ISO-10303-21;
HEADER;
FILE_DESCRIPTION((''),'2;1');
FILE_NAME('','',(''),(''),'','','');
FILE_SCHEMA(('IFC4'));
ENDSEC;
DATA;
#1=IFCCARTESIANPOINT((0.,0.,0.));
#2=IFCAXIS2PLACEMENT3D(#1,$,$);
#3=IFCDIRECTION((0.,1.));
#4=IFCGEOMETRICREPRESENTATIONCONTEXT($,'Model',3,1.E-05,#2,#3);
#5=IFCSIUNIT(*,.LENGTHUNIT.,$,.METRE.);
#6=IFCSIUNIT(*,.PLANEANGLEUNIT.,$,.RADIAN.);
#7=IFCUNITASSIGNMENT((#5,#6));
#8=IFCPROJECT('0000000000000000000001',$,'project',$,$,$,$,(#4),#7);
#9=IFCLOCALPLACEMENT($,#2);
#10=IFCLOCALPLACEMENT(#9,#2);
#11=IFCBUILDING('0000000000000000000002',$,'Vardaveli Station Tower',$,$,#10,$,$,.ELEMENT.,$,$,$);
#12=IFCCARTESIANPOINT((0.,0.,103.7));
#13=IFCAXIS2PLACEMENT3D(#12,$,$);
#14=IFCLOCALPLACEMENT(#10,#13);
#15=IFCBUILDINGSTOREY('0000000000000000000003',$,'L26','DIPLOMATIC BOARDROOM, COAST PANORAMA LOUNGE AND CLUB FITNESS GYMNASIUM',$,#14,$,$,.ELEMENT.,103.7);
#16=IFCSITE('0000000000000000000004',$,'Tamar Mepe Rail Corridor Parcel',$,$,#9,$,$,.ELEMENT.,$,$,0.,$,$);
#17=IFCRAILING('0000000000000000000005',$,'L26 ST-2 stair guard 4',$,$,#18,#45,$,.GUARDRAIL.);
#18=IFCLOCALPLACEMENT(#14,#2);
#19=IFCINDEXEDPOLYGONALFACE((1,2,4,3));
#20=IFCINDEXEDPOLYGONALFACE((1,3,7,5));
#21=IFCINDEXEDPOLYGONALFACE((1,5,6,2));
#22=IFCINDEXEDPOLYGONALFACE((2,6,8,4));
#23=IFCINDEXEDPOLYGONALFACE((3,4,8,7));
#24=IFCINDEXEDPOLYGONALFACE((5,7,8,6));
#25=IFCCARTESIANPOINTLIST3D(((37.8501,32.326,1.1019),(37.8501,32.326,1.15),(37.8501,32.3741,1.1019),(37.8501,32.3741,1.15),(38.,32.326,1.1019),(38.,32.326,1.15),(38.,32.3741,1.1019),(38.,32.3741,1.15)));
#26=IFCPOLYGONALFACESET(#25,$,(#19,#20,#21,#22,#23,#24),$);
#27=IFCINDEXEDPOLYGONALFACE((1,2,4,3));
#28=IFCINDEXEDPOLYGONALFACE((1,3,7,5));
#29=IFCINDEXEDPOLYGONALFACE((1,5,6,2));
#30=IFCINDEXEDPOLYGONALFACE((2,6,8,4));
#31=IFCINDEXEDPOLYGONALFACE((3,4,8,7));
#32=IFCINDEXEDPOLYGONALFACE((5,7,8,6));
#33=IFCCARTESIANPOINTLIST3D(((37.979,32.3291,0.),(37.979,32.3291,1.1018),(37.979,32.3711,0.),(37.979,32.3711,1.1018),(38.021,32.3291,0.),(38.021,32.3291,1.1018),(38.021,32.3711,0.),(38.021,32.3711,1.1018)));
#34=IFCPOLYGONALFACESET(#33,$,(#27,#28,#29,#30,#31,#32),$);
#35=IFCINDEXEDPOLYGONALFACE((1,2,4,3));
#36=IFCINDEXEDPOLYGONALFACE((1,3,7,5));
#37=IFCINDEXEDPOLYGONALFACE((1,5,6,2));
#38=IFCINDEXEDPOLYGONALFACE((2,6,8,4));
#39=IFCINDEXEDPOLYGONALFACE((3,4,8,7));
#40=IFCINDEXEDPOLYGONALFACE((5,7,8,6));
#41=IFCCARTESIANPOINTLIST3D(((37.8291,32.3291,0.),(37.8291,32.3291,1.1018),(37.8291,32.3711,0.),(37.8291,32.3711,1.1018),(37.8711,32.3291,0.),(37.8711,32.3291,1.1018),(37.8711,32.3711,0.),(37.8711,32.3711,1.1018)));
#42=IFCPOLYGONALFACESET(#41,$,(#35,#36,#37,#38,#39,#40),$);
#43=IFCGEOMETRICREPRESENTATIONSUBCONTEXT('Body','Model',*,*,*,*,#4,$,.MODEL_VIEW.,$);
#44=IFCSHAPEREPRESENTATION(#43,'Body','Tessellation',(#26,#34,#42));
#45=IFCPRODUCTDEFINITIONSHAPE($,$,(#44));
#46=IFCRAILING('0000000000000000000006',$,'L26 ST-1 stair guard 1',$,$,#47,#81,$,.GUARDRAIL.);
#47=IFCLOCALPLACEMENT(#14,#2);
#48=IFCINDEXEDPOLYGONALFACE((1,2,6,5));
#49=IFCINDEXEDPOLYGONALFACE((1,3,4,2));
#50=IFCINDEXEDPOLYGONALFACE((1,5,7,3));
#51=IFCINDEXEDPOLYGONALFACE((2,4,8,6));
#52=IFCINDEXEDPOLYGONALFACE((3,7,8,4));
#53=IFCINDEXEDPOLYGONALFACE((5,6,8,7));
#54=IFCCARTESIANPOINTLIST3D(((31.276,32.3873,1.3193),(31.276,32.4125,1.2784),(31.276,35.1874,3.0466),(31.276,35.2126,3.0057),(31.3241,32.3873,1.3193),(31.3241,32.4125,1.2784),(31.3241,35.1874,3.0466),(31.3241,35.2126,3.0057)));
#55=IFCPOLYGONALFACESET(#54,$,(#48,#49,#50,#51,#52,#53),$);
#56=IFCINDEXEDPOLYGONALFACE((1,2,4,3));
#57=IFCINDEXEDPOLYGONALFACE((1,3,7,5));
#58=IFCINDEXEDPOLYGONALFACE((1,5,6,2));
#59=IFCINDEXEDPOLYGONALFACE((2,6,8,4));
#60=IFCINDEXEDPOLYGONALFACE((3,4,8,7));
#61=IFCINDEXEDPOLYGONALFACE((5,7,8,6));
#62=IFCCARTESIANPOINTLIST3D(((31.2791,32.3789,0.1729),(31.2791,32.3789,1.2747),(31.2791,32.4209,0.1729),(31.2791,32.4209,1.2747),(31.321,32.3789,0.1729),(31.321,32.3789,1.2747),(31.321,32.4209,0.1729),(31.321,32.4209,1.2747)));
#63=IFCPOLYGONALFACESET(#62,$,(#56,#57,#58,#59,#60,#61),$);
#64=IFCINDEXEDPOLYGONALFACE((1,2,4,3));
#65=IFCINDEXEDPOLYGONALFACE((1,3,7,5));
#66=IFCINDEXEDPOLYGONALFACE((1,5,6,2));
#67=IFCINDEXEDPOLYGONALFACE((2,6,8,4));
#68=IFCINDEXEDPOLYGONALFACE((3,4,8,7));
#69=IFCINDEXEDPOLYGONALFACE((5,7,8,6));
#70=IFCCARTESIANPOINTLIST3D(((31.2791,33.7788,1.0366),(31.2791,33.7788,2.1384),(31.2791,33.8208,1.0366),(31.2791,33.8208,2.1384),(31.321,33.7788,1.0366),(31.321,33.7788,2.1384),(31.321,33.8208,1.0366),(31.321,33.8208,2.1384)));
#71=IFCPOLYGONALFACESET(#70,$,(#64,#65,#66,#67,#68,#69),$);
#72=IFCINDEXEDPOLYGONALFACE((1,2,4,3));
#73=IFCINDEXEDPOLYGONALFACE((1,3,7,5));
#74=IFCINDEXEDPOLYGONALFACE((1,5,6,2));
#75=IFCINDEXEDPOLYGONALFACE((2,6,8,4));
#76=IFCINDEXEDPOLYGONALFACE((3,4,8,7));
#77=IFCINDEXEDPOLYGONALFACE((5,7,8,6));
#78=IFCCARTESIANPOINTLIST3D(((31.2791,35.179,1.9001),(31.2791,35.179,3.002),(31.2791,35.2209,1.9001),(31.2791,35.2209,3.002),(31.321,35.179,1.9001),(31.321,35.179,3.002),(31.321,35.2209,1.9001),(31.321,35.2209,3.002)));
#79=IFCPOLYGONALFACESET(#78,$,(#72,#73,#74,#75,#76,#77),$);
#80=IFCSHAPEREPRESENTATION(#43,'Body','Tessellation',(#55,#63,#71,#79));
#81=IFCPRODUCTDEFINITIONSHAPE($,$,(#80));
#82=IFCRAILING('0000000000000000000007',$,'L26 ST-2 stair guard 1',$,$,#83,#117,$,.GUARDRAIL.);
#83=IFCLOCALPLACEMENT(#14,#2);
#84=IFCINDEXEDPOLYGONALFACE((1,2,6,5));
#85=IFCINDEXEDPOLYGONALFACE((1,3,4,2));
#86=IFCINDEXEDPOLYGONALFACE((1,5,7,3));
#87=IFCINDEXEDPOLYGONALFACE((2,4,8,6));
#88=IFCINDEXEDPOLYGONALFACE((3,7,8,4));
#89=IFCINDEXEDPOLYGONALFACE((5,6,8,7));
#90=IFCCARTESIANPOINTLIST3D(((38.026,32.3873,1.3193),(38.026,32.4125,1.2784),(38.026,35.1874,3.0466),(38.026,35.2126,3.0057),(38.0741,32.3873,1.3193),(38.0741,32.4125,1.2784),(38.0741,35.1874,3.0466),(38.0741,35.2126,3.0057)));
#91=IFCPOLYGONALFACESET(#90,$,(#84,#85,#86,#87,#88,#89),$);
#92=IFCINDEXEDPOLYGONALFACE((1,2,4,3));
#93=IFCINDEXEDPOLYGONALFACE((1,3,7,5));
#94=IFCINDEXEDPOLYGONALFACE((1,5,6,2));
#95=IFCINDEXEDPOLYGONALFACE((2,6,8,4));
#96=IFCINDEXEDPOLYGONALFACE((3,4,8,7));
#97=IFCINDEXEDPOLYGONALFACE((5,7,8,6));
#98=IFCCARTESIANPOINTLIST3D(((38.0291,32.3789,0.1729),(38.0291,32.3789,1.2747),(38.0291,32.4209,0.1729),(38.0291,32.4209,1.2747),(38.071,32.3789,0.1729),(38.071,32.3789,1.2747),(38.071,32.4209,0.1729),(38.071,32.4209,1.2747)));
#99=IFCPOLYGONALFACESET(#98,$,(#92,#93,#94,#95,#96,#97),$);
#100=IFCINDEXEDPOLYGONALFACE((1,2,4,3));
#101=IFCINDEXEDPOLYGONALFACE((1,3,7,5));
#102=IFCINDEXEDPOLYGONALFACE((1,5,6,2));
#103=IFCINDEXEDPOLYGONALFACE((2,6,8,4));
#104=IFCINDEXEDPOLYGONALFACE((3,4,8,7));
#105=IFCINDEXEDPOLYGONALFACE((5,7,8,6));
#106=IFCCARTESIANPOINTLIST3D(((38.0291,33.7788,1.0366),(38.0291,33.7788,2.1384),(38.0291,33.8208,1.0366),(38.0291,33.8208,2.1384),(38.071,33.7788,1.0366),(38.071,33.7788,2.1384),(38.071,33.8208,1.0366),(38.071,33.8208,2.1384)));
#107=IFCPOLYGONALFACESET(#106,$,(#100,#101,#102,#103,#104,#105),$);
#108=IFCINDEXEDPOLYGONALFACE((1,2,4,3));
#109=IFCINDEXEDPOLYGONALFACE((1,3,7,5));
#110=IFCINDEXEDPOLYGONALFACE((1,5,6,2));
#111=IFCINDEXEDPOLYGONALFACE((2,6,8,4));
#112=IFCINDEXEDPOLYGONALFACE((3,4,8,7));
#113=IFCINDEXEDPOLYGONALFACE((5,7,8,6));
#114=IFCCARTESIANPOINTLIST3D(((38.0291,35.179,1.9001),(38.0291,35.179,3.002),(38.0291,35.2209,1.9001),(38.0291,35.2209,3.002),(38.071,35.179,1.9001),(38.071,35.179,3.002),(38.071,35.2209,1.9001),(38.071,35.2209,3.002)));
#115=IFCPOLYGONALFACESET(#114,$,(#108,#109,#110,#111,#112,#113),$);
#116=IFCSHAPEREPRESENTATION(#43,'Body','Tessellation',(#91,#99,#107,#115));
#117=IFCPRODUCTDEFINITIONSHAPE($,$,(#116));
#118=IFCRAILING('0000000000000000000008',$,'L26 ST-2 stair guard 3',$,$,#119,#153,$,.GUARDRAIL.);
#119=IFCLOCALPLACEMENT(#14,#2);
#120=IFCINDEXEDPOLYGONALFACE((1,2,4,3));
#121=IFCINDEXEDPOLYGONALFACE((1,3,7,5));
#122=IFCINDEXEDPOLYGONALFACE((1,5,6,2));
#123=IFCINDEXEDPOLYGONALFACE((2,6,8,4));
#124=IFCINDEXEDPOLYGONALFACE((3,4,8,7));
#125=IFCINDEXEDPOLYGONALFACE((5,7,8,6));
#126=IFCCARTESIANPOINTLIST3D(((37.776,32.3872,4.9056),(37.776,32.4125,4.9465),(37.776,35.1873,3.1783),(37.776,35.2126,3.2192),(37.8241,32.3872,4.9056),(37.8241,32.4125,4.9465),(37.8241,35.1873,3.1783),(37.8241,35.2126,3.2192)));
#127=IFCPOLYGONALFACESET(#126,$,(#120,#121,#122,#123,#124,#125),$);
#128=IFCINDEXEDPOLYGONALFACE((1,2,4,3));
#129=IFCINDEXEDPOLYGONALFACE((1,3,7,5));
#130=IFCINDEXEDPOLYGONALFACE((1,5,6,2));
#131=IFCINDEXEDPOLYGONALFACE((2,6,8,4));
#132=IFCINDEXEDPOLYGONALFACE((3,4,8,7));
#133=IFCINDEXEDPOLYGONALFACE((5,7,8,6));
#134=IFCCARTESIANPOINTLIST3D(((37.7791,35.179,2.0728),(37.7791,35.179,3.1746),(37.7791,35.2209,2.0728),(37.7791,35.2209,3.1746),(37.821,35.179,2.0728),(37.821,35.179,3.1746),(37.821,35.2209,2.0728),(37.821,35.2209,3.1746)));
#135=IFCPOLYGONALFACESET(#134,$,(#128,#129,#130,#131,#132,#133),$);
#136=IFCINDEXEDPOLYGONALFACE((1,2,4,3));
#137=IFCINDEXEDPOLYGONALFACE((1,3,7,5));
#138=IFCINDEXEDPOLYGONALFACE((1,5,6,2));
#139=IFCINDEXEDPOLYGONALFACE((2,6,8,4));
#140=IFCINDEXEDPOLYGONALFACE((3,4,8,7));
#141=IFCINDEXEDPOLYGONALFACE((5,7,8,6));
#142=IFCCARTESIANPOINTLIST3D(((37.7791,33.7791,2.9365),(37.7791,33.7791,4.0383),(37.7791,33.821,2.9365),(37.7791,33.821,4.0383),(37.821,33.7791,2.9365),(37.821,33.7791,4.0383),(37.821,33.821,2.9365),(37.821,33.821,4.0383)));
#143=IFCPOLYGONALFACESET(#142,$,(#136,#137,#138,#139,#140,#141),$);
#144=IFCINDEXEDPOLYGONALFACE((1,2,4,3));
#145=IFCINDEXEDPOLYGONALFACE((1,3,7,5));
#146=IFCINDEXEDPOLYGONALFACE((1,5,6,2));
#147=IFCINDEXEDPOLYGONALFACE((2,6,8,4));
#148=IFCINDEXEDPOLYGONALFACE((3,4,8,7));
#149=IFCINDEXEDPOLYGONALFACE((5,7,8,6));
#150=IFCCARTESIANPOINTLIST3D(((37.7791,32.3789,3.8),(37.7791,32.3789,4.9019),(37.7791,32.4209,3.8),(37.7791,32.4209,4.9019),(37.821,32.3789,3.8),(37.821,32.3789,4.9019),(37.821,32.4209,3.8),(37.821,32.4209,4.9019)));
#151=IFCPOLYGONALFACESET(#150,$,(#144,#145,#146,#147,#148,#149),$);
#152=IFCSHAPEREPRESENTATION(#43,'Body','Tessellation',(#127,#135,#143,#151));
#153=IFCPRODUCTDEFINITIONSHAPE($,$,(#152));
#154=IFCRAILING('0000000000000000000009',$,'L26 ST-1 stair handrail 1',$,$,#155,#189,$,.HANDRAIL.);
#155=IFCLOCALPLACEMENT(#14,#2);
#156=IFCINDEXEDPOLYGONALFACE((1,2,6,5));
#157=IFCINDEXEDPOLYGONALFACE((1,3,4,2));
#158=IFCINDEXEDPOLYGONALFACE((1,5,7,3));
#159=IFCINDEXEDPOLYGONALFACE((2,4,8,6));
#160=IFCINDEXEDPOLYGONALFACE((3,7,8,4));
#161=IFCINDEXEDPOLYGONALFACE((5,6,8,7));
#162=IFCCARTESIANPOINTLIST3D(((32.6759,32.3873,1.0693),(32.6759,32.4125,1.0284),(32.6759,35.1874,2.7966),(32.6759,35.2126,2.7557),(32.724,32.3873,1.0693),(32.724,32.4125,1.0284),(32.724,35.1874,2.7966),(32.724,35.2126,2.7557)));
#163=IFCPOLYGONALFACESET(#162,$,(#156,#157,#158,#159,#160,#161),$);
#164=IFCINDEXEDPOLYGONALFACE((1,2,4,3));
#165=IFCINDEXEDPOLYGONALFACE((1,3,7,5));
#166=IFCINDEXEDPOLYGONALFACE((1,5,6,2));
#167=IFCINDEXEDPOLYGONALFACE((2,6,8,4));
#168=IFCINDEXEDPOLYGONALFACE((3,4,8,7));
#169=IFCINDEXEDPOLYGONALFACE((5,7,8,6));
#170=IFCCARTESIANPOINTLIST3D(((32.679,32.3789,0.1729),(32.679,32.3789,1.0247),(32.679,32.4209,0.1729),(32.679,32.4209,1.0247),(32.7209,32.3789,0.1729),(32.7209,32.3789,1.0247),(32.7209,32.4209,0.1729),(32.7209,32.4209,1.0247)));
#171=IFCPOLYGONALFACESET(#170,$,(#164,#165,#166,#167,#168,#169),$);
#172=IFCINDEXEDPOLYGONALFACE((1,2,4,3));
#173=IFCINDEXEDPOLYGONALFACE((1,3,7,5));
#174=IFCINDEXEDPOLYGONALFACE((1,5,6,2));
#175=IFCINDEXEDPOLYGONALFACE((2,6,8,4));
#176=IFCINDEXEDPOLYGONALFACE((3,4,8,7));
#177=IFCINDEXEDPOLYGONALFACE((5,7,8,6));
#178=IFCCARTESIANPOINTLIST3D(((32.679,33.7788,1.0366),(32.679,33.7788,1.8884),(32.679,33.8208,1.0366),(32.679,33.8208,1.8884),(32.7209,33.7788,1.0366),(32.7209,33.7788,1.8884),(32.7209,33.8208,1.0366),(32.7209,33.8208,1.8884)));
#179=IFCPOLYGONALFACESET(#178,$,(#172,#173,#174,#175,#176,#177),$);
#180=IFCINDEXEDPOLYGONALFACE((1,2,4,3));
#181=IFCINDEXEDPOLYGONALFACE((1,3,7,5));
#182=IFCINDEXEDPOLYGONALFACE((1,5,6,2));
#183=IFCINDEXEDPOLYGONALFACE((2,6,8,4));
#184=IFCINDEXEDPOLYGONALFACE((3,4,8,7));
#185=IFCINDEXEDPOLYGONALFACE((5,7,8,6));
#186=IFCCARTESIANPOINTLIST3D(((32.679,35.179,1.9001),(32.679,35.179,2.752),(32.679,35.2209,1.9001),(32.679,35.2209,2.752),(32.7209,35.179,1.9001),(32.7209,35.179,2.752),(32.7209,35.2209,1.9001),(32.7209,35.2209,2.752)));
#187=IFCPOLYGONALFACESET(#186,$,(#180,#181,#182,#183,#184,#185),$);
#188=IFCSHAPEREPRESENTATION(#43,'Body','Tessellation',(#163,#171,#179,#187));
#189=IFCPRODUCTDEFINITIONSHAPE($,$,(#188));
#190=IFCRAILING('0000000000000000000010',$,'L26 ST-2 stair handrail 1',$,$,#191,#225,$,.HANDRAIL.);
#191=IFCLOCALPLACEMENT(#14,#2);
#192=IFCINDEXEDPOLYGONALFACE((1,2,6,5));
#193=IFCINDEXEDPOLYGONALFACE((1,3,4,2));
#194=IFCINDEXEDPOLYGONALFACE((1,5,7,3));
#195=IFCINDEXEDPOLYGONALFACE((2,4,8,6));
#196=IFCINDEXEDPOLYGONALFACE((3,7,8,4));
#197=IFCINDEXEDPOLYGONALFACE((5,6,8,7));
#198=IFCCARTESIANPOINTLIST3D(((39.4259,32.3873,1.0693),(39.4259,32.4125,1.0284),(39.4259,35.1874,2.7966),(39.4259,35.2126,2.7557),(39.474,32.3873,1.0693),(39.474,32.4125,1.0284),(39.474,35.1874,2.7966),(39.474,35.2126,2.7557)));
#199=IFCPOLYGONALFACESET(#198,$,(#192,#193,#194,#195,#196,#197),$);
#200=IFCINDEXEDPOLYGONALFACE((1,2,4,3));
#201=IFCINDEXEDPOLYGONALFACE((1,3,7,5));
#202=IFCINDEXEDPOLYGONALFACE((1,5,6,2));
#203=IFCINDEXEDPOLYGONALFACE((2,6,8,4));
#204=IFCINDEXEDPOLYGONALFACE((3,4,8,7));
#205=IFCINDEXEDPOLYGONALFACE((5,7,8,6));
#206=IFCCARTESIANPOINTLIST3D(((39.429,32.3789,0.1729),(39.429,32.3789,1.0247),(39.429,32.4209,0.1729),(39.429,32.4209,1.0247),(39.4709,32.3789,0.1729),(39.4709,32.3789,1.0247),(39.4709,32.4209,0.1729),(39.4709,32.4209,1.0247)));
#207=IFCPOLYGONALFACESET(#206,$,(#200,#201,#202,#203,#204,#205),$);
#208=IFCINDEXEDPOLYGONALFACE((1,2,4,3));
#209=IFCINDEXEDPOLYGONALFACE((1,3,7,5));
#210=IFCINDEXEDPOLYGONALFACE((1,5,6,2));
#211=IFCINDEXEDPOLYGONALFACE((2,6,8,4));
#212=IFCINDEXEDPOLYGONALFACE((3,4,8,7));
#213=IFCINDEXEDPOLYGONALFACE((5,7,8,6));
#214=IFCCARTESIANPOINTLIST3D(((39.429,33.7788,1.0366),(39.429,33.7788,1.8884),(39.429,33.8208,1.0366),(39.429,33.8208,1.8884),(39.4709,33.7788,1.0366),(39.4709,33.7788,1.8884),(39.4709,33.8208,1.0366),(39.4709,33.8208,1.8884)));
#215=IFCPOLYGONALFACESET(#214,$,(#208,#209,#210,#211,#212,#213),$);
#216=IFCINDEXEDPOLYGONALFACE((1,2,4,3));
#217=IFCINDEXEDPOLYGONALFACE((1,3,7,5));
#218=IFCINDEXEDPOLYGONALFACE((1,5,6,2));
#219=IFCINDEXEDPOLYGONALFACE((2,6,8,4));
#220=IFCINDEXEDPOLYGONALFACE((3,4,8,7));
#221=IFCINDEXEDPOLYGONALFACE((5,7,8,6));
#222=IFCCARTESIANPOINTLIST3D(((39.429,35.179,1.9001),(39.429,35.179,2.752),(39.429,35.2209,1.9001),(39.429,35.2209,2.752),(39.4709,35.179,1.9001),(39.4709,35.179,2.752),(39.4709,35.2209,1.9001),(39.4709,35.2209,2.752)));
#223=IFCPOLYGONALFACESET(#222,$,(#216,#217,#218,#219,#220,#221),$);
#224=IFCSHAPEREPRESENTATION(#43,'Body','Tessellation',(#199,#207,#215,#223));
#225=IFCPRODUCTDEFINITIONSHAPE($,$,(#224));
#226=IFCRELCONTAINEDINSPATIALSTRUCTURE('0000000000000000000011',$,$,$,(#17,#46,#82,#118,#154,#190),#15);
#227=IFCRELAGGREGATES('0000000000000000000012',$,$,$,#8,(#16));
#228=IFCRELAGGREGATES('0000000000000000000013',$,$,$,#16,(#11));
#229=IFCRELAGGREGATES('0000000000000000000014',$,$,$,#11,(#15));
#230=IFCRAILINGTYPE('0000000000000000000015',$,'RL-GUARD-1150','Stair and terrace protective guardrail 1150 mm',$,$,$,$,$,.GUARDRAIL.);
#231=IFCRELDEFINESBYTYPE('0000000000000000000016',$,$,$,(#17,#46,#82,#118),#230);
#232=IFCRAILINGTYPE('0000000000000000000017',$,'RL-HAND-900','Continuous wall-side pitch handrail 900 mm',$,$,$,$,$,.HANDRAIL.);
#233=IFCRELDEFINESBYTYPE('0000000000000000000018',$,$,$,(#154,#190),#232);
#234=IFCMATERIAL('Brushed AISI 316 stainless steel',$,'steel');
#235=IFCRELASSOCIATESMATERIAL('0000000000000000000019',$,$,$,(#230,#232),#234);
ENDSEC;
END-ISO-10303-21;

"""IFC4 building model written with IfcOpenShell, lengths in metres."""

from ifc_helpers import new_model, si_unit, direction, frame, origin, origin_2d, place, context, subcontext, project, spatial, rectangle, extrude, source, transform, mapped, material, type_object, element, save


model = new_model("IFC4")

# Units and contexts
model_context = context("Model", 3, precision=1e-05, world=origin(), true_north=direction((0.0, 1.0)))
body_context = subcontext(model_context, "Body", "Model", "MODEL_VIEW")
ifc_project = project(units=[si_unit("LENGTHUNIT", "METRE"), si_unit("PLANEANGLEUNIT", "RADIAN")], contexts=[model_context])

# Site, building, storey
site_placement = place(None, origin())
site = spatial("IfcSite", under=ifc_project, at=site_placement, Name="Tamar Mepe Rail Corridor Parcel", CompositionType="ELEMENT", RefElevation=0.0)
building_placement = place(site_placement, origin())
building = spatial("IfcBuilding", under=site, at=building_placement, Name="Vardaveli Station Tower", CompositionType="ELEMENT")
storey_placement = place(building_placement, frame((0.0, 0.0, 103.7)))
storey = spatial("IfcBuildingStorey", under=building, at=storey_placement, Name="L26", Description="DIPLOMATIC BOARDROOM, COAST PANORAMA LOUNGE AND CLUB FITNESS GYMNASIUM", CompositionType="ELEMENT", Elevation=103.7)

# Railings
ifc_material_1 = material(Name="Brushed AISI 316 stainless steel", Category="steel")
railing_type_1 = type_object("IfcRailingType", Name="RL-GUARD-1150", Description="Stair and terrace protective guardrail 1150 mm", PredefinedType="GUARDRAIL", material=ifc_material_1)
shared_shape_1 = source(origin(), body_context, "Body", "SweptSolid", [
    extrude(rectangle(XDim=0.0481, YDim=0.0481, at=origin_2d()), frame((0.0, 0.0, 1.126), z_axis=(-1.0, 0.0, 0.0), x_axis=(0.0, -1.0, 0.0)), (0.0, 0.0, 1.0), 0.1499),
    extrude(rectangle(XDim=0.042, YDim=0.042, at=origin_2d()), origin(), (0.0, 0.0, 1.0), 1.1018),
    extrude(rectangle(XDim=0.042, YDim=0.042, at=origin_2d()), frame((-0.1499, 0.0, 0.0)), (0.0, 0.0, 1.0), 1.1018),
])
for number, where, name in (
    (1, (38.0, 32.3501, 0.0), "L26 ST-2 stair guard 4"),
):
    element("IfcRailing", number, at=place(storey_placement, frame(where)), inside=storey, type_object=railing_type_1, Name=name, PredefinedType="GUARDRAIL", context=body_context, shape_type="MappedRepresentation", body=[
        mapped(shared_shape_1, transform((0.0, 0.0, 0.0), scale=1.0)),
    ])
shared_shape_2 = source(origin(), body_context, "Body", "SweptSolid", [
    extrude(rectangle(XDim=0.0481, YDim=0.0481, at=origin_2d()), frame((0.0, 0.0, 1.126), z_axis=(0.0, 0.85109, 0.52502), x_axis=(-1.0, 0.0, 0.0)), (0.0, 0.0, 1.0), 3.29),
    extrude(rectangle(XDim=0.042, YDim=0.042, at=origin_2d()), origin(), (0.0, 0.0, 1.0), 1.1018),
    extrude(rectangle(XDim=0.042, YDim=0.042, at=origin_2d()), frame((0.0, 1.3999, 0.8638)), (0.0, 0.0, 1.0), 1.1018),
    extrude(rectangle(XDim=0.042, YDim=0.042, at=origin_2d()), frame((0.0, 2.8, 1.7273)), (0.0, 0.0, 1.0), 1.1018),
])
for number, where, name in (
    (2, (31.3, 32.3999, 0.1729), "L26 ST-1 stair guard 1"),
    (3, (38.05, 32.3999, 0.1729), "L26 ST-2 stair guard 1"),
):
    element("IfcRailing", number, at=place(storey_placement, frame(where)), inside=storey, type_object=railing_type_1, Name=name, PredefinedType="GUARDRAIL", context=body_context, shape_type="MappedRepresentation", body=[
        mapped(shared_shape_2, transform((0.0, 0.0, 0.0), scale=1.0)),
    ])
shared_shape_3 = source(origin(), body_context, "Body", "SweptSolid", [
    extrude(rectangle(XDim=0.0481, YDim=0.0481, at=origin_2d()), frame((0.0, 0.0, 1.126), z_axis=(0.0, -0.85109, 0.52502), x_axis=(1.0, 0.0, 0.0)), (0.0, 0.0, 1.0), 3.29),
    extrude(rectangle(XDim=0.042, YDim=0.042, at=origin_2d()), origin(), (0.0, 0.0, 1.0), 1.1018),
    extrude(rectangle(XDim=0.042, YDim=0.042, at=origin_2d()), frame((0.0, -1.3999, 0.8638)), (0.0, 0.0, 1.0), 1.1018),
    extrude(rectangle(XDim=0.042, YDim=0.042, at=origin_2d()), frame((0.0, -2.8, 1.7273)), (0.0, 0.0, 1.0), 1.1018),
])
railing_1_placement = place(storey_placement, frame((37.8, 35.2, 2.0728)))
element("IfcRailing", 4, at=railing_1_placement, inside=storey, type_object=railing_type_1, Name="L26 ST-2 stair guard 3", PredefinedType="GUARDRAIL", context=body_context, shape_type="MappedRepresentation", body=[
    mapped(shared_shape_3, transform((0.0, 0.0, 0.0), scale=1.0)),
])
railing_type_2 = type_object("IfcRailingType", Name="RL-HAND-900", Description="Continuous wall-side pitch handrail 900 mm", PredefinedType="HANDRAIL", material=ifc_material_1)
shared_shape_4 = source(origin(), body_context, "Body", "SweptSolid", [
    extrude(rectangle(XDim=0.0481, YDim=0.0481, at=origin_2d()), frame((0.0, 0.0, 0.876), z_axis=(0.0, 0.85109, 0.52502), x_axis=(-1.0, 0.0, 0.0)), (0.0, 0.0, 1.0), 3.29),
    extrude(rectangle(XDim=0.042, YDim=0.042, at=origin_2d()), origin(), (0.0, 0.0, 1.0), 0.8518),
    extrude(rectangle(XDim=0.042, YDim=0.042, at=origin_2d()), frame((0.0, 1.3999, 0.8638)), (0.0, 0.0, 1.0), 0.8518),
    extrude(rectangle(XDim=0.042, YDim=0.042, at=origin_2d()), frame((0.0, 2.8, 1.7273)), (0.0, 0.0, 1.0), 0.8518),
])
for number, where, name in (
    (5, (32.7, 32.3999, 0.1729), "L26 ST-1 stair handrail 1"),
    (6, (39.45, 32.3999, 0.1729), "L26 ST-2 stair handrail 1"),
):
    element("IfcRailing", number, at=place(storey_placement, frame(where)), inside=storey, type_object=railing_type_2, Name=name, PredefinedType="HANDRAIL", context=body_context, shape_type="MappedRepresentation", body=[
        mapped(shared_shape_4, transform((0.0, 0.0, 0.0), scale=1.0)),
    ])

save(model, "model.ifc")
